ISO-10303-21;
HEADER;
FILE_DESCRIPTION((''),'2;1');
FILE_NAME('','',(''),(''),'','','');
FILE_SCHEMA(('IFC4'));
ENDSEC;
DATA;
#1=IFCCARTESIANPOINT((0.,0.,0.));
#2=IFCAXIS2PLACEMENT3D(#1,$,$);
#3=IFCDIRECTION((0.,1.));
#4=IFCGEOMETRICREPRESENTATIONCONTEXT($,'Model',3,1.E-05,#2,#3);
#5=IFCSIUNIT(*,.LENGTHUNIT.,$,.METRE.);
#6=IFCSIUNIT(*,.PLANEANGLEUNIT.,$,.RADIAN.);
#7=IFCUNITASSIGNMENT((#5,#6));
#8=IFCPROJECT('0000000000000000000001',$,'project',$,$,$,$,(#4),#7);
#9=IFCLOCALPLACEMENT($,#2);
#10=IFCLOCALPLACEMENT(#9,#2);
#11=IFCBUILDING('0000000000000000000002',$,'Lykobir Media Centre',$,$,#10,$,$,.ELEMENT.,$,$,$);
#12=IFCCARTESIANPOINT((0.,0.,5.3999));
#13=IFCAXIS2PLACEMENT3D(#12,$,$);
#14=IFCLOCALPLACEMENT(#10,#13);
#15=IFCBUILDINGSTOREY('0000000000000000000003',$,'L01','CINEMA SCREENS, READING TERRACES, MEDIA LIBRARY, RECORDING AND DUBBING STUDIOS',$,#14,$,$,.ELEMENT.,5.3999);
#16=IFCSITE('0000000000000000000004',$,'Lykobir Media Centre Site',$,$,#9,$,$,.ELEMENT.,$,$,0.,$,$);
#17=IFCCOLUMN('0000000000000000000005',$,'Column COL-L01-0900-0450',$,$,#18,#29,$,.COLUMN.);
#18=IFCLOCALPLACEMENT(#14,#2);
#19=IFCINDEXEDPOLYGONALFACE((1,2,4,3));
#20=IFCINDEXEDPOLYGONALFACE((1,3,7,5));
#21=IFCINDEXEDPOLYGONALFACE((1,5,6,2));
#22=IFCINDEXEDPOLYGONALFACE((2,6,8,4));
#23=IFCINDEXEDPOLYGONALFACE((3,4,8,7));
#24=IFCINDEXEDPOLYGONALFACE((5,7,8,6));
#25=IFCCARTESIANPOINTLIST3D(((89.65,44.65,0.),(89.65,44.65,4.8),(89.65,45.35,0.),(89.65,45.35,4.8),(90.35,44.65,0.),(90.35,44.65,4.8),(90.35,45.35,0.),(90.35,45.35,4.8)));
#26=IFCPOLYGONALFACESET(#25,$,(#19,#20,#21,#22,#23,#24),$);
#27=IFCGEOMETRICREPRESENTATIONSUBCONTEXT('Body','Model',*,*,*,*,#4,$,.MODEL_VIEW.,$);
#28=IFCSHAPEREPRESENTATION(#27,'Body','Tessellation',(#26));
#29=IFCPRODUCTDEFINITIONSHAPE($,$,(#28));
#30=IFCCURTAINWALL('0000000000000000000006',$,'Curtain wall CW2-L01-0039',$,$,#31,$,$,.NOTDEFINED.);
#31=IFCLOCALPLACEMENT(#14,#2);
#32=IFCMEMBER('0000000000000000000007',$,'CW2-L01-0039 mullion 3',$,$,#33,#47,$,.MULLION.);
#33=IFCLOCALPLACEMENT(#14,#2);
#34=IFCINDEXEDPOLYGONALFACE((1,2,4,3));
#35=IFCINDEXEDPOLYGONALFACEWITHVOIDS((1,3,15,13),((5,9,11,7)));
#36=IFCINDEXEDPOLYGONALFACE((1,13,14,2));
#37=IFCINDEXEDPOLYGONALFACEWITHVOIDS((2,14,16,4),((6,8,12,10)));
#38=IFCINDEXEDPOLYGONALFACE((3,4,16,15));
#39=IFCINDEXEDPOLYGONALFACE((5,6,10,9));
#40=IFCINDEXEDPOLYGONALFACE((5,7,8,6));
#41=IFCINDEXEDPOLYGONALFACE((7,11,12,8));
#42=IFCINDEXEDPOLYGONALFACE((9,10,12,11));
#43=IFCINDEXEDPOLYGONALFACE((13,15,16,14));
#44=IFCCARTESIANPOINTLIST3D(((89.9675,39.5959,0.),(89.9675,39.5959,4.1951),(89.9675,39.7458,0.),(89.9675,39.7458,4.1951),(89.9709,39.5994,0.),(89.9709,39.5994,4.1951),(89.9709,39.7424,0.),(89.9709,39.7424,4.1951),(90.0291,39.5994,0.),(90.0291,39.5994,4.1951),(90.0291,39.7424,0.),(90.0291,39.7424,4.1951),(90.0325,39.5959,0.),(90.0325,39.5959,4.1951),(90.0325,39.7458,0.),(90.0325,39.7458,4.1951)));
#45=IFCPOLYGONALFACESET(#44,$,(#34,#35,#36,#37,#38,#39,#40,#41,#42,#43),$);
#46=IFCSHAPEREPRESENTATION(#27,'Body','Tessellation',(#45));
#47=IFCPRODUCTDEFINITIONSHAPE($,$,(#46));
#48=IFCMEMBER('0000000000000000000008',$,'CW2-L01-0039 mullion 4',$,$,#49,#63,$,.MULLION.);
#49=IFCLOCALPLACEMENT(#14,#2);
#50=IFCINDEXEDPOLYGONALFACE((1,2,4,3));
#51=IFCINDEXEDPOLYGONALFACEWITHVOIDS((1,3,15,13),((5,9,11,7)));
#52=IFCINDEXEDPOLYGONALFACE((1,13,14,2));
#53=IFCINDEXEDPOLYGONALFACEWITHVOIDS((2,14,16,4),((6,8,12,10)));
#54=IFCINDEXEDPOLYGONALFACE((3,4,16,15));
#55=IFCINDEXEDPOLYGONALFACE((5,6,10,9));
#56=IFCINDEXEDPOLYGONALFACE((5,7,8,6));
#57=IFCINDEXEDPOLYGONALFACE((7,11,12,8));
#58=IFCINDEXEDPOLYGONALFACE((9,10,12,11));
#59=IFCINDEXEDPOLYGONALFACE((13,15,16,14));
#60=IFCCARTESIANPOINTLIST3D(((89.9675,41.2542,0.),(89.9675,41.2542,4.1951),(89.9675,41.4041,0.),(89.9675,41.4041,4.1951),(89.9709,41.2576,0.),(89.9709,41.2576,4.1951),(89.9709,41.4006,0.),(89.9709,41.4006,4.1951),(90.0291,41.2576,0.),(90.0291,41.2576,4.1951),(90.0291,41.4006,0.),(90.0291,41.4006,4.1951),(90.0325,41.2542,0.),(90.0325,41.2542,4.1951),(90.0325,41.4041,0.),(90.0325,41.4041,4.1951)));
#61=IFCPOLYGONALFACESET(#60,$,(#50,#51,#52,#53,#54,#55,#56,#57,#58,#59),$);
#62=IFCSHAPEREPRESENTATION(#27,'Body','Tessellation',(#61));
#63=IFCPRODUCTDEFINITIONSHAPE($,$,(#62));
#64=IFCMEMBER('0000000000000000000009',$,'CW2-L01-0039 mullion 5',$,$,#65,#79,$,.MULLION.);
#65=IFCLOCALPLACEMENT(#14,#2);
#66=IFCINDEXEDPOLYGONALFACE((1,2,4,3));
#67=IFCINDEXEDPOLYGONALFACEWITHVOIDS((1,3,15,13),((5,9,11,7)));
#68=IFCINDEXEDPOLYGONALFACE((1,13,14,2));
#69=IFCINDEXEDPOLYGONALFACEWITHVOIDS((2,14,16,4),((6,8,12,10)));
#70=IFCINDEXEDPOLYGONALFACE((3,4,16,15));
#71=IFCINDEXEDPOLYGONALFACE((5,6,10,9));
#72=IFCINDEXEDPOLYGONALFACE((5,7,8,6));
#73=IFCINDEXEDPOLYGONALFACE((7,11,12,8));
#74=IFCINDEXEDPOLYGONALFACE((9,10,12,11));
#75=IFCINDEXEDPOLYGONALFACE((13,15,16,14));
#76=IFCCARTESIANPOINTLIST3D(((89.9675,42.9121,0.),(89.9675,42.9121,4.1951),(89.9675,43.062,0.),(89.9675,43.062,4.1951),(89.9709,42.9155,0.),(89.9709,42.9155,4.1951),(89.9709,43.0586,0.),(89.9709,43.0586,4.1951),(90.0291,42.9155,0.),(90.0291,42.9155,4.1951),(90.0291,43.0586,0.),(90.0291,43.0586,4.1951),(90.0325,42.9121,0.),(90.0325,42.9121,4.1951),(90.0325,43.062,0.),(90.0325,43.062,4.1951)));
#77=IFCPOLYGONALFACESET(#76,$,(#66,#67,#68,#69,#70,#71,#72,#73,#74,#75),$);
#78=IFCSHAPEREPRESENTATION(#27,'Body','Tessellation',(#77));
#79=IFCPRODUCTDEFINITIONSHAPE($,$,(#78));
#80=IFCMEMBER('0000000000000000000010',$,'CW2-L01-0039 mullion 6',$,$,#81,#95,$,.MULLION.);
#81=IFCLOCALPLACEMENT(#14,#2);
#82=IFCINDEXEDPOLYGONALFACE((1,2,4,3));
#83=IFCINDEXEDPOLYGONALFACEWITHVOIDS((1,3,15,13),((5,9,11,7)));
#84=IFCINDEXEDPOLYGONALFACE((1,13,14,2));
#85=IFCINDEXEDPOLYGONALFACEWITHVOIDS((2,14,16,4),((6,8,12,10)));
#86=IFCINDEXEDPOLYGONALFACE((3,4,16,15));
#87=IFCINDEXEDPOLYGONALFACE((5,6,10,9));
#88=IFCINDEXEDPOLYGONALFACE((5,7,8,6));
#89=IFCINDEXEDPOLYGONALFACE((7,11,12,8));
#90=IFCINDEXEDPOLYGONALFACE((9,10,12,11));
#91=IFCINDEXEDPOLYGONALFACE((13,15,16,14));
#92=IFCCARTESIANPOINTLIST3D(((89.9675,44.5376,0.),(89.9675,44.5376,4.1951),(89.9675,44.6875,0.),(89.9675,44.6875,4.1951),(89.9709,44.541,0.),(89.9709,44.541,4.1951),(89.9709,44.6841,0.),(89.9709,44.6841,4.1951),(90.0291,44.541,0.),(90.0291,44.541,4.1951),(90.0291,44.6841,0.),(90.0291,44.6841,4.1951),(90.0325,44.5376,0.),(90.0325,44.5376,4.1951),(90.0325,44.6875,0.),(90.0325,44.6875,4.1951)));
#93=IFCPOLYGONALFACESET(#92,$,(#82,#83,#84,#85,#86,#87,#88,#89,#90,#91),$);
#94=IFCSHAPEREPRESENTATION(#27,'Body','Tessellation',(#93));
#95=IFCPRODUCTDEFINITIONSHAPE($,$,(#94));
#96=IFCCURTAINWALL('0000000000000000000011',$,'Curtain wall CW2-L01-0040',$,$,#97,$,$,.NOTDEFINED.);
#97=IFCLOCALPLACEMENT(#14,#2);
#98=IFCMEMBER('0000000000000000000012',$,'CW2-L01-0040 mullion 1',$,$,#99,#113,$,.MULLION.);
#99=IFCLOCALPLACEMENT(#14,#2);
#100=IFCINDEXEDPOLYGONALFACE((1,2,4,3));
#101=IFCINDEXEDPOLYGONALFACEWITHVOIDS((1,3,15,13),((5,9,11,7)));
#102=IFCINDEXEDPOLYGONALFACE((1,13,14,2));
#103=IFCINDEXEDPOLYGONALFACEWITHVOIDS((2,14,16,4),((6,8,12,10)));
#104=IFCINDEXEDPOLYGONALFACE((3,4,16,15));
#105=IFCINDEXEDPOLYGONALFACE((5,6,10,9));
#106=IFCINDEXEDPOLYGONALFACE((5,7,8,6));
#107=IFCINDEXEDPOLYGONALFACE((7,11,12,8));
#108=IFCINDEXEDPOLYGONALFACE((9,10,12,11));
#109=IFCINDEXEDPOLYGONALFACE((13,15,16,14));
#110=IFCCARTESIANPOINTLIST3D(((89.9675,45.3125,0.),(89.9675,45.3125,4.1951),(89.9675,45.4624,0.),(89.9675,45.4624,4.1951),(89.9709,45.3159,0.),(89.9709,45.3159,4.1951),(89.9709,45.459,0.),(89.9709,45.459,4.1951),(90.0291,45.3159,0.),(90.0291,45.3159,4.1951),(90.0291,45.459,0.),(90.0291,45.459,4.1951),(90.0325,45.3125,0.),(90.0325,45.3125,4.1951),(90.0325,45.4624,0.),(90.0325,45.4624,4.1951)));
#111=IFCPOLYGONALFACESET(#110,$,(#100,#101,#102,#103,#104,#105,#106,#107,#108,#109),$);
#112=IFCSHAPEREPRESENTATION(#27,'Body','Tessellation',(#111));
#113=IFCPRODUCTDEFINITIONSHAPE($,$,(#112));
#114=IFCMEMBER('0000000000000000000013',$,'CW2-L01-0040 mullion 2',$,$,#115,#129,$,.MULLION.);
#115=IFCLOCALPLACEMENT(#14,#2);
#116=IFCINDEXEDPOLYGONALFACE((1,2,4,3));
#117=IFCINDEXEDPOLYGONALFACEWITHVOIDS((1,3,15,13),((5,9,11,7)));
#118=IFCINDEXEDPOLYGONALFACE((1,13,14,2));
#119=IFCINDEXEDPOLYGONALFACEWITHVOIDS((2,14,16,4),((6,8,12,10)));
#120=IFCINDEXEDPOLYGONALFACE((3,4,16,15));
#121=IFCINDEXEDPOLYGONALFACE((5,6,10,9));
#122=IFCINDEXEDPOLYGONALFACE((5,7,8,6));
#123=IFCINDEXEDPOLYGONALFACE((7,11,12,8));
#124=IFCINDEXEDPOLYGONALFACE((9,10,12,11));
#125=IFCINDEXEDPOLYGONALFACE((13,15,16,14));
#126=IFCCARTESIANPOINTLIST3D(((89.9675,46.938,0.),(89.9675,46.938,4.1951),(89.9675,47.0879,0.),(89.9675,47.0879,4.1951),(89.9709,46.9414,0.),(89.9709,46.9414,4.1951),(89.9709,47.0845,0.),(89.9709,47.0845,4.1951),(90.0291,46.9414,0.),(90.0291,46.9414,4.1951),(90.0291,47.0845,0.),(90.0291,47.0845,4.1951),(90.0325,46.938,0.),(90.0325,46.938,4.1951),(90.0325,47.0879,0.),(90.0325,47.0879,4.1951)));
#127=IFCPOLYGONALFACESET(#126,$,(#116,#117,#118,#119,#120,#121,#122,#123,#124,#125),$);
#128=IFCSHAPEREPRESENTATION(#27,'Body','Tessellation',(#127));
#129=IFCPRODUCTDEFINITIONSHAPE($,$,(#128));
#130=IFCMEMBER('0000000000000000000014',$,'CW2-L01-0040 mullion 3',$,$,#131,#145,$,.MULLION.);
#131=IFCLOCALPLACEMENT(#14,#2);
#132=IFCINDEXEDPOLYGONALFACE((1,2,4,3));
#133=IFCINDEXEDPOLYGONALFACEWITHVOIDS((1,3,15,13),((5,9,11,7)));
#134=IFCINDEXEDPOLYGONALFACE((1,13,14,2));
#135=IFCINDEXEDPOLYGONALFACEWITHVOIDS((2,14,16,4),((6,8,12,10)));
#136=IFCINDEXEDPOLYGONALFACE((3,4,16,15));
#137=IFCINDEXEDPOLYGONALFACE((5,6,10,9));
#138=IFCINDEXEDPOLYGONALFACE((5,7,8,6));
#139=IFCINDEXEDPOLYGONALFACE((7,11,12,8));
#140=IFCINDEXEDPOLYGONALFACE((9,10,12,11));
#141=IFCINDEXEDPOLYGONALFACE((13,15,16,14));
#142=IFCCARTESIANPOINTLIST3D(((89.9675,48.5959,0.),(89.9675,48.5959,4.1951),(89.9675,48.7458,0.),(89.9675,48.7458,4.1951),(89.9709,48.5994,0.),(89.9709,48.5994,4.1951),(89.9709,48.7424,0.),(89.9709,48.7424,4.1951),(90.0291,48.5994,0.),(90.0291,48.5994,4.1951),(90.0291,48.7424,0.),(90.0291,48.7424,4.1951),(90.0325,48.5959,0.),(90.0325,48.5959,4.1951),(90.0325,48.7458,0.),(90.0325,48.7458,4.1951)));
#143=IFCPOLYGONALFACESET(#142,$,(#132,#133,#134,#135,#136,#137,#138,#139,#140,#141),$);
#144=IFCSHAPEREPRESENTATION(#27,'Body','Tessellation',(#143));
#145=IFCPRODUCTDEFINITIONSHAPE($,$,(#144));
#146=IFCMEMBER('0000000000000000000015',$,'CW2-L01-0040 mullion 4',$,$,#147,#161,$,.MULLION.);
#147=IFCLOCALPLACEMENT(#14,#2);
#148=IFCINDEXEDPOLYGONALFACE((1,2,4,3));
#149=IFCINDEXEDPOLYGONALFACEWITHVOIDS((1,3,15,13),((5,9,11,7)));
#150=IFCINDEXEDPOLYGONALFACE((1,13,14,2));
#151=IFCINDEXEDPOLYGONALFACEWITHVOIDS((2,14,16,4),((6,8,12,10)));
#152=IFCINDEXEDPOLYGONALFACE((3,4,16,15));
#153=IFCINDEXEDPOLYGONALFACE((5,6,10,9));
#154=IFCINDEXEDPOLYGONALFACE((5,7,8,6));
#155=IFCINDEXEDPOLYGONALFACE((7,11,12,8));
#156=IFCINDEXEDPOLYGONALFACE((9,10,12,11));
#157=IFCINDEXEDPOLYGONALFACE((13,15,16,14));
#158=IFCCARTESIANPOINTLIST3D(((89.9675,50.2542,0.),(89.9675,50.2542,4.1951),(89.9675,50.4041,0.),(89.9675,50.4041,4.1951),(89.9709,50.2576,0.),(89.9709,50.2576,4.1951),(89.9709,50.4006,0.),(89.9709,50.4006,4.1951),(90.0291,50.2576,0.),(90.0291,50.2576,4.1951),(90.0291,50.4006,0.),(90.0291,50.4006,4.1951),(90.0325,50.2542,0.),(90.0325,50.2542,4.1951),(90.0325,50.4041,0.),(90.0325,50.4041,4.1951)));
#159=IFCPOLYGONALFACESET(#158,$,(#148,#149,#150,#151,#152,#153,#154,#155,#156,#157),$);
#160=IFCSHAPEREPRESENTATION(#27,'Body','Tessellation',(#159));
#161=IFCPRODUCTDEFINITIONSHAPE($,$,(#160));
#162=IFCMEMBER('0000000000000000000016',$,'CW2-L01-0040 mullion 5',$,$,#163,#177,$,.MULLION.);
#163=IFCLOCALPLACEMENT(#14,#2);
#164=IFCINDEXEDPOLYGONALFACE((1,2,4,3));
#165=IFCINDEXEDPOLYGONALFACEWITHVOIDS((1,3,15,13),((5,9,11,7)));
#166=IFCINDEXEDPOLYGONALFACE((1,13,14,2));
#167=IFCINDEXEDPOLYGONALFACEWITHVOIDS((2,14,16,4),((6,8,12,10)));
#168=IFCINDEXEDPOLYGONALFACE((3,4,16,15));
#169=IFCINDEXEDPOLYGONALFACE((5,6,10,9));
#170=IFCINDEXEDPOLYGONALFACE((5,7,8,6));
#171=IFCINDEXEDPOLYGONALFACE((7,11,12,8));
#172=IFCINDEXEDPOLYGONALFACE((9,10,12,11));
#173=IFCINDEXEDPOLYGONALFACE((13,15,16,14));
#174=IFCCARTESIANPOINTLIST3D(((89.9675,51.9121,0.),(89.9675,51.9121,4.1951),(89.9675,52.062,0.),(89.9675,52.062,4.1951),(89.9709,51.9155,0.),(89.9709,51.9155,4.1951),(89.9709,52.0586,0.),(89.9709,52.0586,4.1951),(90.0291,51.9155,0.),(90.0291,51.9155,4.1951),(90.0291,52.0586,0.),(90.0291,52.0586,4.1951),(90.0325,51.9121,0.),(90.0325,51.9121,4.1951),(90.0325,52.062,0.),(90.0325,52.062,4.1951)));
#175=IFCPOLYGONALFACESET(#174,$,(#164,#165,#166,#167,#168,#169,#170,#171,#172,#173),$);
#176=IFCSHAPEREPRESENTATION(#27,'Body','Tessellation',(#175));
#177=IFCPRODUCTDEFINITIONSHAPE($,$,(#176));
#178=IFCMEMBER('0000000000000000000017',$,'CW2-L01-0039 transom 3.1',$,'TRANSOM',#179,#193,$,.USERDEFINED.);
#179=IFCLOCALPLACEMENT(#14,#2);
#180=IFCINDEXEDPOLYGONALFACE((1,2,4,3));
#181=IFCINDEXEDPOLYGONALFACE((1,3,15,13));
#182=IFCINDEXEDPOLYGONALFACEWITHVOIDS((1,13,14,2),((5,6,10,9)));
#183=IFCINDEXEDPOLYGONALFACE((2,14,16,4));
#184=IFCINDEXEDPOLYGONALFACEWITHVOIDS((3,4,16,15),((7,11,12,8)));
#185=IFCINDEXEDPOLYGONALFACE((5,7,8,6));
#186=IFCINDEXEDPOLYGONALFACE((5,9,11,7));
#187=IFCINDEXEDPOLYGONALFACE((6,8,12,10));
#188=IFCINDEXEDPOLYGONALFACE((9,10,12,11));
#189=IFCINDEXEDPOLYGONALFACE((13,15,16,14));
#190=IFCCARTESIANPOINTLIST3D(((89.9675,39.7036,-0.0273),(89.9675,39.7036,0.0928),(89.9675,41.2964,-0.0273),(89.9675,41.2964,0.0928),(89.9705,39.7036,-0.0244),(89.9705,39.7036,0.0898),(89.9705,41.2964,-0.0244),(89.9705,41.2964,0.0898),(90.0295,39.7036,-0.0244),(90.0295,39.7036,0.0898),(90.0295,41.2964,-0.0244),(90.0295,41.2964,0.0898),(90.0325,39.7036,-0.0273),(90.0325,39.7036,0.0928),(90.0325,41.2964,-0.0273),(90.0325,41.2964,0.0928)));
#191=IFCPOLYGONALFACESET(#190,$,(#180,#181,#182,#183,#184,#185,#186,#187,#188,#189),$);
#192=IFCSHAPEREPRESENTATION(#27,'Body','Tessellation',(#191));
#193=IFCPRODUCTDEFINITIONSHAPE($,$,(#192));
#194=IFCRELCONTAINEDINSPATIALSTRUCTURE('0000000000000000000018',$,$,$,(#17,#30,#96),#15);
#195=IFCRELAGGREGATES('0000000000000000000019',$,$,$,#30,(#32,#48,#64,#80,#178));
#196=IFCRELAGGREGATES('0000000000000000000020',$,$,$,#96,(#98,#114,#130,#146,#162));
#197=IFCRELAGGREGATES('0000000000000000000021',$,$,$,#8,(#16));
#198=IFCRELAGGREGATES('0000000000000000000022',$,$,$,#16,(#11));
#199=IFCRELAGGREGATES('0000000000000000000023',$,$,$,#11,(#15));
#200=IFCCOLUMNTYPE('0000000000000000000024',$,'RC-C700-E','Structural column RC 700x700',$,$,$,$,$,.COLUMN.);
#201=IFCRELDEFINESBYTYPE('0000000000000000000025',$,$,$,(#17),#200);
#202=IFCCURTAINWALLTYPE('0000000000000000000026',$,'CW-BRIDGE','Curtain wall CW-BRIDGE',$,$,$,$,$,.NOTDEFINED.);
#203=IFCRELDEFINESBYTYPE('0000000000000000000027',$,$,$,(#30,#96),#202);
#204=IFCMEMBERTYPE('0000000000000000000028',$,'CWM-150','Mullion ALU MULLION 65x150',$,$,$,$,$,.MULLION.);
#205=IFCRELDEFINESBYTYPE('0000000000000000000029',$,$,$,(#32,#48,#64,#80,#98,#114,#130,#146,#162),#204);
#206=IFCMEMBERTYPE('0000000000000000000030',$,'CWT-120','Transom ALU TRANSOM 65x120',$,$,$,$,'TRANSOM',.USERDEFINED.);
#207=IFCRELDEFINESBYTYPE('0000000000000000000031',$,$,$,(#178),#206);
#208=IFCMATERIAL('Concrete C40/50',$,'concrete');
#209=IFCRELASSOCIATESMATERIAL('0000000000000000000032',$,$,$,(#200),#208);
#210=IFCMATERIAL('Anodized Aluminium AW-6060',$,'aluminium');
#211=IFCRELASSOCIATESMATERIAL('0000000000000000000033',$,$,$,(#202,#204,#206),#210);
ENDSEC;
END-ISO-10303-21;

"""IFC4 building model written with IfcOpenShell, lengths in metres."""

from ifc_helpers import new_model, si_unit, direction, frame, origin, origin_2d, place, context, subcontext, project, spatial, rectangle, hollow_rectangle, extrude, material, material_profile, profile_set, type_object, element, aggregate, save


model = new_model("IFC4")

# Units and contexts
model_context = context("Model", 3, precision=1e-05, world=origin(), true_north=direction((0.0, 1.0)))
body_context = subcontext(model_context, "Body", "Model", "MODEL_VIEW")
ifc_project = project(units=[si_unit("LENGTHUNIT", "METRE"), si_unit("PLANEANGLEUNIT", "RADIAN")], contexts=[model_context])

# Site, building, storey
site_placement = place(None, origin())
site = spatial("IfcSite", under=ifc_project, at=site_placement, Name="Lykobir Media Centre Site", CompositionType="ELEMENT", RefElevation=0.0)
building_placement = place(site_placement, origin())
building = spatial("IfcBuilding", under=site, at=building_placement, Name="Lykobir Media Centre", CompositionType="ELEMENT")
storey_placement = place(building_placement, frame((0.0, 0.0, 5.3999)))
storey = spatial("IfcBuildingStorey", under=building, at=storey_placement, Name="L01", Description="CINEMA SCREENS, READING TERRACES, MEDIA LIBRARY, RECORDING AND DUBBING STUDIOS", CompositionType="ELEMENT", Elevation=5.3999)

# Column
ifc_material_1 = material(Name="Concrete C40/50", Category="concrete")
ifc_material_profile_1 = material_profile(ifc_material_1, rectangle(XDim=0.7, YDim=0.7, at=origin_2d()), Name="RC 700x700")
ifc_profile_set_1 = profile_set([ifc_material_profile_1], Name="Concrete C40/50")
column_type = type_object("IfcColumnType", Name="RC-C700-E", Description="Structural column RC 700x700", PredefinedType="COLUMN", material=ifc_profile_set_1)
column_placement = place(storey_placement, frame((90.0, 45.0, 0.0), z_axis=(0.0, 0.0, 1.0), x_axis=(1.0, 0.0, 0.0)))
element("IfcColumn", 1, at=column_placement, inside=storey, type_object=column_type, Name="Column COL-L01-0900-0450", PredefinedType="COLUMN", context=body_context, shape_type="SweptSolid", body=[
    extrude(rectangle(XDim=0.7, YDim=0.7, at=origin_2d()), origin(), (0.0, 0.0, 1.0), 4.8),
])

# Curtain walls, members
ifc_material_2 = material(Name="Anodized Aluminium AW-6060", Category="aluminium")
curtain_wall_type_1 = type_object("IfcCurtainWallType", Name="CW-BRIDGE", Description="Curtain wall CW-BRIDGE", PredefinedType="NOTDEFINED", material=ifc_material_2)
curtain_wall_1_placement = place(storey_placement, origin())
curtain_wall_1 = element("IfcCurtainWall", 2, at=curtain_wall_1_placement, inside=storey, type_object=curtain_wall_type_1, Name="Curtain wall CW2-L01-0039", PredefinedType="NOTDEFINED")
ifc_material_profile_2 = material_profile(ifc_material_2, hollow_rectangle(XDim=0.0649, YDim=0.1499, WallThickness=0.0034, at=origin_2d()), Name="ALU MULLION 65x150")
ifc_profile_set_2 = profile_set([ifc_material_profile_2], Name="Anodized Aluminium AW-6060")
member_type_1 = type_object("IfcMemberType", Name="CWM-150", Description="Mullion ALU MULLION 65x150", PredefinedType="MULLION", material=ifc_profile_set_2)
member_1_placement = place(storey_placement, frame((90.0, 39.6709, 0.0), z_axis=(0.0, 0.0, 1.0), x_axis=(-1.0, 0.0, 0.0)))
member_1 = element("IfcMember", 3, at=member_1_placement, type_object=member_type_1, Name="CW2-L01-0039 mullion 3", PredefinedType="MULLION", context=body_context, shape_type="SweptSolid", body=[
    extrude(hollow_rectangle(XDim=0.0649, YDim=0.1499, WallThickness=0.0034, at=origin_2d()), origin(), (0.0, 0.0, 1.0), 4.1951),
])
member_2_placement = place(storey_placement, frame((90.0, 41.3291, 0.0), z_axis=(0.0, 0.0, 1.0), x_axis=(-1.0, 0.0, 0.0)))
member_2 = element("IfcMember", 4, at=member_2_placement, type_object=member_type_1, Name="CW2-L01-0039 mullion 4", PredefinedType="MULLION", context=body_context, shape_type="SweptSolid", body=[
    extrude(hollow_rectangle(XDim=0.0649, YDim=0.1499, WallThickness=0.0034, at=origin_2d()), origin(), (0.0, 0.0, 1.0), 4.1951),
])
member_3_placement = place(storey_placement, frame((90.0, 42.9871, 0.0), z_axis=(0.0, 0.0, 1.0), x_axis=(-1.0, 0.0, 0.0)))
member_3 = element("IfcMember", 5, at=member_3_placement, type_object=member_type_1, Name="CW2-L01-0039 mullion 5", PredefinedType="MULLION", context=body_context, shape_type="SweptSolid", body=[
    extrude(hollow_rectangle(XDim=0.0649, YDim=0.1499, WallThickness=0.0034, at=origin_2d()), origin(), (0.0, 0.0, 1.0), 4.1951),
])
member_4_placement = place(storey_placement, frame((90.0, 44.6125, 0.0), z_axis=(0.0, 0.0, 1.0), x_axis=(-1.0, 0.0, 0.0)))
member_4 = element("IfcMember", 6, at=member_4_placement, type_object=member_type_1, Name="CW2-L01-0039 mullion 6", PredefinedType="MULLION", context=body_context, shape_type="SweptSolid", body=[
    extrude(hollow_rectangle(XDim=0.0649, YDim=0.1499, WallThickness=0.0034, at=origin_2d()), origin(), (0.0, 0.0, 1.0), 4.1951),
])
curtain_wall_2_placement = place(storey_placement, origin())
curtain_wall_2 = element("IfcCurtainWall", 7, at=curtain_wall_2_placement, inside=storey, type_object=curtain_wall_type_1, Name="Curtain wall CW2-L01-0040", PredefinedType="NOTDEFINED")
member_5_placement = place(storey_placement, frame((90.0, 45.3875, 0.0), z_axis=(0.0, 0.0, 1.0), x_axis=(-1.0, 0.0, 0.0)))
member_5 = element("IfcMember", 8, at=member_5_placement, type_object=member_type_1, Name="CW2-L01-0040 mullion 1", PredefinedType="MULLION", context=body_context, shape_type="SweptSolid", body=[
    extrude(hollow_rectangle(XDim=0.0649, YDim=0.1499, WallThickness=0.0034, at=origin_2d()), origin(), (0.0, 0.0, 1.0), 4.1951),
])
member_6_placement = place(storey_placement, frame((90.0, 47.0129, 0.0), z_axis=(0.0, 0.0, 1.0), x_axis=(-1.0, 0.0, 0.0)))
member_6 = element("IfcMember", 9, at=member_6_placement, type_object=member_type_1, Name="CW2-L01-0040 mullion 2", PredefinedType="MULLION", context=body_context, shape_type="SweptSolid", body=[
    extrude(hollow_rectangle(XDim=0.0649, YDim=0.1499, WallThickness=0.0034, at=origin_2d()), origin(), (0.0, 0.0, 1.0), 4.1951),
])
member_7_placement = place(storey_placement, frame((90.0, 48.6709, 0.0), z_axis=(0.0, 0.0, 1.0), x_axis=(-1.0, 0.0, 0.0)))
member_7 = element("IfcMember", 10, at=member_7_placement, type_object=member_type_1, Name="CW2-L01-0040 mullion 3", PredefinedType="MULLION", context=body_context, shape_type="SweptSolid", body=[
    extrude(hollow_rectangle(XDim=0.0649, YDim=0.1499, WallThickness=0.0034, at=origin_2d()), origin(), (0.0, 0.0, 1.0), 4.1951),
])
member_8_placement = place(storey_placement, frame((90.0, 50.3291, 0.0), z_axis=(0.0, 0.0, 1.0), x_axis=(-1.0, 0.0, 0.0)))
member_8 = element("IfcMember", 11, at=member_8_placement, type_object=member_type_1, Name="CW2-L01-0040 mullion 4", PredefinedType="MULLION", context=body_context, shape_type="SweptSolid", body=[
    extrude(hollow_rectangle(XDim=0.0649, YDim=0.1499, WallThickness=0.0034, at=origin_2d()), origin(), (0.0, 0.0, 1.0), 4.1951),
])
member_9_placement = place(storey_placement, frame((90.0, 51.9871, 0.0), z_axis=(0.0, 0.0, 1.0), x_axis=(-1.0, 0.0, 0.0)))
member_9 = element("IfcMember", 12, at=member_9_placement, type_object=member_type_1, Name="CW2-L01-0040 mullion 5", PredefinedType="MULLION", context=body_context, shape_type="SweptSolid", body=[
    extrude(hollow_rectangle(XDim=0.0649, YDim=0.1499, WallThickness=0.0034, at=origin_2d()), origin(), (0.0, 0.0, 1.0), 4.1951),
])

# Member
ifc_material_profile_3 = material_profile(ifc_material_2, hollow_rectangle(XDim=0.0649, YDim=0.1201, WallThickness=0.0029, at=origin_2d()), Name="ALU TRANSOM 65x120")
ifc_profile_set_3 = profile_set([ifc_material_profile_3], Name="Anodized Aluminium AW-6060")
member_type_2 = type_object("IfcMemberType", Name="CWT-120", Description="Transom ALU TRANSOM 65x120", ElementType="TRANSOM", PredefinedType="USERDEFINED", material=ifc_profile_set_3)
member_10_placement = place(storey_placement, frame((90.0, 39.7036, 0.0327), z_axis=(0.0, 1.0, 0.0), x_axis=(-1.0, 0.0, 0.0)))
member_10 = element("IfcMember", 13, at=member_10_placement, type_object=member_type_2, Name="CW2-L01-0039 transom 3.1", ObjectType="TRANSOM", PredefinedType="USERDEFINED", context=body_context, shape_type="SweptSolid", body=[
    extrude(hollow_rectangle(XDim=0.0649, YDim=0.1201, WallThickness=0.0029, at=origin_2d()), origin(), (0.0, 0.0, 1.0), 1.5928),
])

aggregate(curtain_wall_1, [member_1, member_2, member_3, member_4, member_10])
aggregate(curtain_wall_2, [member_5, member_6, member_7, member_8, member_9])

save(model, "model.ifc")
